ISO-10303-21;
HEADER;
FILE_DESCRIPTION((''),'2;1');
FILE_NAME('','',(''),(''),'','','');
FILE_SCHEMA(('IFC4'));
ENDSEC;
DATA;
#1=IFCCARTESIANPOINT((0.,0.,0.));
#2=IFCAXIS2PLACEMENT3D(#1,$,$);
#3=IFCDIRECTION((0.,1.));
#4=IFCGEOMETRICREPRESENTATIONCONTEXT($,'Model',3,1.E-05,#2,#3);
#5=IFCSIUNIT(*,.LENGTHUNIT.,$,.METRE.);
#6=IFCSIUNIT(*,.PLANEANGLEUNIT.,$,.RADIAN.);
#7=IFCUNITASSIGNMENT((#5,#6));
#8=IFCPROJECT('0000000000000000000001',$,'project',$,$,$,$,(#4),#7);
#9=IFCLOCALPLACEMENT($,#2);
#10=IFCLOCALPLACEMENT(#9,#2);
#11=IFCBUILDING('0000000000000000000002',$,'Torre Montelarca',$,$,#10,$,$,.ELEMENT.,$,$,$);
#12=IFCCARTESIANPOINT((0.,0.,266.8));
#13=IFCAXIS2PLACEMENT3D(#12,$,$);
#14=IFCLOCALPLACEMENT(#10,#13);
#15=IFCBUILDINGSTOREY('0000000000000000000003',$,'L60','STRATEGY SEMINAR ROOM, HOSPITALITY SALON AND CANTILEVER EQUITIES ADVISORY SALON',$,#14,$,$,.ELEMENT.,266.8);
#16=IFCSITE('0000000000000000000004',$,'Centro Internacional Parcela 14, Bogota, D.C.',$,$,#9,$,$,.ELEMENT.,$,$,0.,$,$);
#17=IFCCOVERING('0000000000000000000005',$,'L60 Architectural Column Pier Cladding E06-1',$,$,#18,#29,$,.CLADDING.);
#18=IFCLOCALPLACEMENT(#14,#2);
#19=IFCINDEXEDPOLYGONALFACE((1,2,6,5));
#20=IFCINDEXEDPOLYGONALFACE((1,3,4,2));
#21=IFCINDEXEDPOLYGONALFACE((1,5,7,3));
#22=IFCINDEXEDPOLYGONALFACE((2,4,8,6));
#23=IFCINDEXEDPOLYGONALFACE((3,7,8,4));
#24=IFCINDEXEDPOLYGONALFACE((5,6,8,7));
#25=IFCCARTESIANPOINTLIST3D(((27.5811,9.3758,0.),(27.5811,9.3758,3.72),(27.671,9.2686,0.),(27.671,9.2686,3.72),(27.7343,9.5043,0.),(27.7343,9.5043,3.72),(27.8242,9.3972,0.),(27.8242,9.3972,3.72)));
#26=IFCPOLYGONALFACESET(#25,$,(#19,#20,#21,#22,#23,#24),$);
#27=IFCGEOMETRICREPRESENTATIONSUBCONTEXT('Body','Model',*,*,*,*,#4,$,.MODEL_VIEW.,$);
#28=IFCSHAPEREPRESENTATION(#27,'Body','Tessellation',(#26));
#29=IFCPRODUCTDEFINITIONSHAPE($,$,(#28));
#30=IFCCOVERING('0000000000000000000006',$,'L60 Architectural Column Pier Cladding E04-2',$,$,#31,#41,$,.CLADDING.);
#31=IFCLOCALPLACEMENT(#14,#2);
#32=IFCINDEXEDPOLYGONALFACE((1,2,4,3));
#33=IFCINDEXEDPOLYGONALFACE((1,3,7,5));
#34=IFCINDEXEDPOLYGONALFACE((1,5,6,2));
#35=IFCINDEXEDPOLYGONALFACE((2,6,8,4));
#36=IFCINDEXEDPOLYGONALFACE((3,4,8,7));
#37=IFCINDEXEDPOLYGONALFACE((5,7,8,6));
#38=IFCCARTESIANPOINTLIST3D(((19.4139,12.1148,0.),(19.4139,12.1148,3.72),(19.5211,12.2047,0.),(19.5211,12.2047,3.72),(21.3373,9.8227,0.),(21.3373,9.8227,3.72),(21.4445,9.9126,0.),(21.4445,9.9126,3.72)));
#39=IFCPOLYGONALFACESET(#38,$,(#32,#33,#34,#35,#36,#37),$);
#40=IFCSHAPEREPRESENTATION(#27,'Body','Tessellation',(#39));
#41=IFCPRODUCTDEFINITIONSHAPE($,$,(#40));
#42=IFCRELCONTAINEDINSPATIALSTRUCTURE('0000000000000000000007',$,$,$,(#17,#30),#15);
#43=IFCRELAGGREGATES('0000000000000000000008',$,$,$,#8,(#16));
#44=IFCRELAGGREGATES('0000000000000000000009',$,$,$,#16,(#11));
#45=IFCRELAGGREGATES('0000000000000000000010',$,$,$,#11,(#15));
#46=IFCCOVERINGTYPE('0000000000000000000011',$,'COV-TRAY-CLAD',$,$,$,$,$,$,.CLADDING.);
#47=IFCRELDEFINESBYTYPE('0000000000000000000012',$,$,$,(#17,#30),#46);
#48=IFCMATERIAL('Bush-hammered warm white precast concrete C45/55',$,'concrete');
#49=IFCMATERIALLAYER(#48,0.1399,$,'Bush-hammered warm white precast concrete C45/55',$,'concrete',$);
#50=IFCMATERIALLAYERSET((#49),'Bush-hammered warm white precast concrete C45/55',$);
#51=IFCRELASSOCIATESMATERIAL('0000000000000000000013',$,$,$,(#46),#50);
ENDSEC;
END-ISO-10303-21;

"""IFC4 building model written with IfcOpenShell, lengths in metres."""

from ifc_helpers import new_model, si_unit, direction, frame, origin, origin_2d, place, context, subcontext, project, spatial, rectangle, extrude, source, transform, mapped, material, layer, layer_set, type_object, element, save


model = new_model("IFC4")

# Units and contexts
model_context = context("Model", 3, precision=1e-05, world=origin(), true_north=direction((0.0, 1.0)))
body_context = subcontext(model_context, "Body", "Model", "MODEL_VIEW")
ifc_project = project(units=[si_unit("LENGTHUNIT", "METRE"), si_unit("PLANEANGLEUNIT", "RADIAN")], contexts=[model_context])

# Site, building, storey
site_placement = place(None, origin())
site = spatial("IfcSite", under=ifc_project, at=site_placement, Name="Centro Internacional Parcela 14, Bogota, D.C.", CompositionType="ELEMENT", RefElevation=0.0)
building_placement = place(site_placement, origin())
building = spatial("IfcBuilding", under=site, at=building_placement, Name="Torre Montelarca", CompositionType="ELEMENT")
storey_placement = place(building_placement, frame((0.0, 0.0, 266.8)))
storey = spatial("IfcBuildingStorey", under=building, at=storey_placement, Name="L60", Description="STRATEGY SEMINAR ROOM, HOSPITALITY SALON AND CANTILEVER EQUITIES ADVISORY SALON", CompositionType="ELEMENT", Elevation=266.8)

# Coverings
ifc_material_1 = material(Name="Bush-hammered warm white precast concrete C45/55", Category="concrete")
ifc_layer_1 = layer(ifc_material_1, 0.1399, Name="Bush-hammered warm white precast concrete C45/55", Category="concrete")
ifc_layer_set_1 = layer_set([ifc_layer_1], Name="Bush-hammered warm white precast concrete C45/55")
covering_type = type_object("IfcCoveringType", Name="COV-TRAY-CLAD", PredefinedType="CLADDING", material=ifc_layer_set_1)
shared_shape_1 = source(origin(), body_context, "Body", "SweptSolid", [
    extrude(rectangle(XDim=0.2, YDim=0.1399, at=origin_2d()), origin(), (0.0, 0.0, 1.0), 3.72),
])
for number, where, z_axis, x_axis, name in (
    (1, (27.7026, 9.3865, 0.0), (0.0, 0.0, 1.0), (0.766044, 0.642788, 0.0), "L60 Architectural Column Pier Cladding E06-1"),
):
    element("IfcCovering", number, at=place(storey_placement, frame(where, z_axis=z_axis, x_axis=x_axis)), inside=storey, type_object=covering_type, Name=name, PredefinedType="CLADDING", context=body_context, shape_type="MappedRepresentation", body=[
        mapped(shared_shape_1, transform((0.0, 0.0, 0.0), scale=1.0)),
    ])
shared_shape_2 = source(origin(), body_context, "Body", "SweptSolid", [
    extrude(rectangle(XDim=2.9922, YDim=0.1399, at=origin_2d()), origin(), (0.0, 0.0, 1.0), 3.72),
])
covering_1_placement = place(storey_placement, frame((20.4292, 11.0137, 0.0), z_axis=(0.0, 0.0, 1.0), x_axis=(0.642808, -0.766028, 0.0)))
element("IfcCovering", 2, at=covering_1_placement, inside=storey, type_object=covering_type, Name="L60 Architectural Column Pier Cladding E04-2", PredefinedType="CLADDING", context=body_context, shape_type="MappedRepresentation", body=[
    mapped(shared_shape_2, transform((0.0, 0.0, 0.0), scale=1.0)),
])

save(model, "model.ifc")
